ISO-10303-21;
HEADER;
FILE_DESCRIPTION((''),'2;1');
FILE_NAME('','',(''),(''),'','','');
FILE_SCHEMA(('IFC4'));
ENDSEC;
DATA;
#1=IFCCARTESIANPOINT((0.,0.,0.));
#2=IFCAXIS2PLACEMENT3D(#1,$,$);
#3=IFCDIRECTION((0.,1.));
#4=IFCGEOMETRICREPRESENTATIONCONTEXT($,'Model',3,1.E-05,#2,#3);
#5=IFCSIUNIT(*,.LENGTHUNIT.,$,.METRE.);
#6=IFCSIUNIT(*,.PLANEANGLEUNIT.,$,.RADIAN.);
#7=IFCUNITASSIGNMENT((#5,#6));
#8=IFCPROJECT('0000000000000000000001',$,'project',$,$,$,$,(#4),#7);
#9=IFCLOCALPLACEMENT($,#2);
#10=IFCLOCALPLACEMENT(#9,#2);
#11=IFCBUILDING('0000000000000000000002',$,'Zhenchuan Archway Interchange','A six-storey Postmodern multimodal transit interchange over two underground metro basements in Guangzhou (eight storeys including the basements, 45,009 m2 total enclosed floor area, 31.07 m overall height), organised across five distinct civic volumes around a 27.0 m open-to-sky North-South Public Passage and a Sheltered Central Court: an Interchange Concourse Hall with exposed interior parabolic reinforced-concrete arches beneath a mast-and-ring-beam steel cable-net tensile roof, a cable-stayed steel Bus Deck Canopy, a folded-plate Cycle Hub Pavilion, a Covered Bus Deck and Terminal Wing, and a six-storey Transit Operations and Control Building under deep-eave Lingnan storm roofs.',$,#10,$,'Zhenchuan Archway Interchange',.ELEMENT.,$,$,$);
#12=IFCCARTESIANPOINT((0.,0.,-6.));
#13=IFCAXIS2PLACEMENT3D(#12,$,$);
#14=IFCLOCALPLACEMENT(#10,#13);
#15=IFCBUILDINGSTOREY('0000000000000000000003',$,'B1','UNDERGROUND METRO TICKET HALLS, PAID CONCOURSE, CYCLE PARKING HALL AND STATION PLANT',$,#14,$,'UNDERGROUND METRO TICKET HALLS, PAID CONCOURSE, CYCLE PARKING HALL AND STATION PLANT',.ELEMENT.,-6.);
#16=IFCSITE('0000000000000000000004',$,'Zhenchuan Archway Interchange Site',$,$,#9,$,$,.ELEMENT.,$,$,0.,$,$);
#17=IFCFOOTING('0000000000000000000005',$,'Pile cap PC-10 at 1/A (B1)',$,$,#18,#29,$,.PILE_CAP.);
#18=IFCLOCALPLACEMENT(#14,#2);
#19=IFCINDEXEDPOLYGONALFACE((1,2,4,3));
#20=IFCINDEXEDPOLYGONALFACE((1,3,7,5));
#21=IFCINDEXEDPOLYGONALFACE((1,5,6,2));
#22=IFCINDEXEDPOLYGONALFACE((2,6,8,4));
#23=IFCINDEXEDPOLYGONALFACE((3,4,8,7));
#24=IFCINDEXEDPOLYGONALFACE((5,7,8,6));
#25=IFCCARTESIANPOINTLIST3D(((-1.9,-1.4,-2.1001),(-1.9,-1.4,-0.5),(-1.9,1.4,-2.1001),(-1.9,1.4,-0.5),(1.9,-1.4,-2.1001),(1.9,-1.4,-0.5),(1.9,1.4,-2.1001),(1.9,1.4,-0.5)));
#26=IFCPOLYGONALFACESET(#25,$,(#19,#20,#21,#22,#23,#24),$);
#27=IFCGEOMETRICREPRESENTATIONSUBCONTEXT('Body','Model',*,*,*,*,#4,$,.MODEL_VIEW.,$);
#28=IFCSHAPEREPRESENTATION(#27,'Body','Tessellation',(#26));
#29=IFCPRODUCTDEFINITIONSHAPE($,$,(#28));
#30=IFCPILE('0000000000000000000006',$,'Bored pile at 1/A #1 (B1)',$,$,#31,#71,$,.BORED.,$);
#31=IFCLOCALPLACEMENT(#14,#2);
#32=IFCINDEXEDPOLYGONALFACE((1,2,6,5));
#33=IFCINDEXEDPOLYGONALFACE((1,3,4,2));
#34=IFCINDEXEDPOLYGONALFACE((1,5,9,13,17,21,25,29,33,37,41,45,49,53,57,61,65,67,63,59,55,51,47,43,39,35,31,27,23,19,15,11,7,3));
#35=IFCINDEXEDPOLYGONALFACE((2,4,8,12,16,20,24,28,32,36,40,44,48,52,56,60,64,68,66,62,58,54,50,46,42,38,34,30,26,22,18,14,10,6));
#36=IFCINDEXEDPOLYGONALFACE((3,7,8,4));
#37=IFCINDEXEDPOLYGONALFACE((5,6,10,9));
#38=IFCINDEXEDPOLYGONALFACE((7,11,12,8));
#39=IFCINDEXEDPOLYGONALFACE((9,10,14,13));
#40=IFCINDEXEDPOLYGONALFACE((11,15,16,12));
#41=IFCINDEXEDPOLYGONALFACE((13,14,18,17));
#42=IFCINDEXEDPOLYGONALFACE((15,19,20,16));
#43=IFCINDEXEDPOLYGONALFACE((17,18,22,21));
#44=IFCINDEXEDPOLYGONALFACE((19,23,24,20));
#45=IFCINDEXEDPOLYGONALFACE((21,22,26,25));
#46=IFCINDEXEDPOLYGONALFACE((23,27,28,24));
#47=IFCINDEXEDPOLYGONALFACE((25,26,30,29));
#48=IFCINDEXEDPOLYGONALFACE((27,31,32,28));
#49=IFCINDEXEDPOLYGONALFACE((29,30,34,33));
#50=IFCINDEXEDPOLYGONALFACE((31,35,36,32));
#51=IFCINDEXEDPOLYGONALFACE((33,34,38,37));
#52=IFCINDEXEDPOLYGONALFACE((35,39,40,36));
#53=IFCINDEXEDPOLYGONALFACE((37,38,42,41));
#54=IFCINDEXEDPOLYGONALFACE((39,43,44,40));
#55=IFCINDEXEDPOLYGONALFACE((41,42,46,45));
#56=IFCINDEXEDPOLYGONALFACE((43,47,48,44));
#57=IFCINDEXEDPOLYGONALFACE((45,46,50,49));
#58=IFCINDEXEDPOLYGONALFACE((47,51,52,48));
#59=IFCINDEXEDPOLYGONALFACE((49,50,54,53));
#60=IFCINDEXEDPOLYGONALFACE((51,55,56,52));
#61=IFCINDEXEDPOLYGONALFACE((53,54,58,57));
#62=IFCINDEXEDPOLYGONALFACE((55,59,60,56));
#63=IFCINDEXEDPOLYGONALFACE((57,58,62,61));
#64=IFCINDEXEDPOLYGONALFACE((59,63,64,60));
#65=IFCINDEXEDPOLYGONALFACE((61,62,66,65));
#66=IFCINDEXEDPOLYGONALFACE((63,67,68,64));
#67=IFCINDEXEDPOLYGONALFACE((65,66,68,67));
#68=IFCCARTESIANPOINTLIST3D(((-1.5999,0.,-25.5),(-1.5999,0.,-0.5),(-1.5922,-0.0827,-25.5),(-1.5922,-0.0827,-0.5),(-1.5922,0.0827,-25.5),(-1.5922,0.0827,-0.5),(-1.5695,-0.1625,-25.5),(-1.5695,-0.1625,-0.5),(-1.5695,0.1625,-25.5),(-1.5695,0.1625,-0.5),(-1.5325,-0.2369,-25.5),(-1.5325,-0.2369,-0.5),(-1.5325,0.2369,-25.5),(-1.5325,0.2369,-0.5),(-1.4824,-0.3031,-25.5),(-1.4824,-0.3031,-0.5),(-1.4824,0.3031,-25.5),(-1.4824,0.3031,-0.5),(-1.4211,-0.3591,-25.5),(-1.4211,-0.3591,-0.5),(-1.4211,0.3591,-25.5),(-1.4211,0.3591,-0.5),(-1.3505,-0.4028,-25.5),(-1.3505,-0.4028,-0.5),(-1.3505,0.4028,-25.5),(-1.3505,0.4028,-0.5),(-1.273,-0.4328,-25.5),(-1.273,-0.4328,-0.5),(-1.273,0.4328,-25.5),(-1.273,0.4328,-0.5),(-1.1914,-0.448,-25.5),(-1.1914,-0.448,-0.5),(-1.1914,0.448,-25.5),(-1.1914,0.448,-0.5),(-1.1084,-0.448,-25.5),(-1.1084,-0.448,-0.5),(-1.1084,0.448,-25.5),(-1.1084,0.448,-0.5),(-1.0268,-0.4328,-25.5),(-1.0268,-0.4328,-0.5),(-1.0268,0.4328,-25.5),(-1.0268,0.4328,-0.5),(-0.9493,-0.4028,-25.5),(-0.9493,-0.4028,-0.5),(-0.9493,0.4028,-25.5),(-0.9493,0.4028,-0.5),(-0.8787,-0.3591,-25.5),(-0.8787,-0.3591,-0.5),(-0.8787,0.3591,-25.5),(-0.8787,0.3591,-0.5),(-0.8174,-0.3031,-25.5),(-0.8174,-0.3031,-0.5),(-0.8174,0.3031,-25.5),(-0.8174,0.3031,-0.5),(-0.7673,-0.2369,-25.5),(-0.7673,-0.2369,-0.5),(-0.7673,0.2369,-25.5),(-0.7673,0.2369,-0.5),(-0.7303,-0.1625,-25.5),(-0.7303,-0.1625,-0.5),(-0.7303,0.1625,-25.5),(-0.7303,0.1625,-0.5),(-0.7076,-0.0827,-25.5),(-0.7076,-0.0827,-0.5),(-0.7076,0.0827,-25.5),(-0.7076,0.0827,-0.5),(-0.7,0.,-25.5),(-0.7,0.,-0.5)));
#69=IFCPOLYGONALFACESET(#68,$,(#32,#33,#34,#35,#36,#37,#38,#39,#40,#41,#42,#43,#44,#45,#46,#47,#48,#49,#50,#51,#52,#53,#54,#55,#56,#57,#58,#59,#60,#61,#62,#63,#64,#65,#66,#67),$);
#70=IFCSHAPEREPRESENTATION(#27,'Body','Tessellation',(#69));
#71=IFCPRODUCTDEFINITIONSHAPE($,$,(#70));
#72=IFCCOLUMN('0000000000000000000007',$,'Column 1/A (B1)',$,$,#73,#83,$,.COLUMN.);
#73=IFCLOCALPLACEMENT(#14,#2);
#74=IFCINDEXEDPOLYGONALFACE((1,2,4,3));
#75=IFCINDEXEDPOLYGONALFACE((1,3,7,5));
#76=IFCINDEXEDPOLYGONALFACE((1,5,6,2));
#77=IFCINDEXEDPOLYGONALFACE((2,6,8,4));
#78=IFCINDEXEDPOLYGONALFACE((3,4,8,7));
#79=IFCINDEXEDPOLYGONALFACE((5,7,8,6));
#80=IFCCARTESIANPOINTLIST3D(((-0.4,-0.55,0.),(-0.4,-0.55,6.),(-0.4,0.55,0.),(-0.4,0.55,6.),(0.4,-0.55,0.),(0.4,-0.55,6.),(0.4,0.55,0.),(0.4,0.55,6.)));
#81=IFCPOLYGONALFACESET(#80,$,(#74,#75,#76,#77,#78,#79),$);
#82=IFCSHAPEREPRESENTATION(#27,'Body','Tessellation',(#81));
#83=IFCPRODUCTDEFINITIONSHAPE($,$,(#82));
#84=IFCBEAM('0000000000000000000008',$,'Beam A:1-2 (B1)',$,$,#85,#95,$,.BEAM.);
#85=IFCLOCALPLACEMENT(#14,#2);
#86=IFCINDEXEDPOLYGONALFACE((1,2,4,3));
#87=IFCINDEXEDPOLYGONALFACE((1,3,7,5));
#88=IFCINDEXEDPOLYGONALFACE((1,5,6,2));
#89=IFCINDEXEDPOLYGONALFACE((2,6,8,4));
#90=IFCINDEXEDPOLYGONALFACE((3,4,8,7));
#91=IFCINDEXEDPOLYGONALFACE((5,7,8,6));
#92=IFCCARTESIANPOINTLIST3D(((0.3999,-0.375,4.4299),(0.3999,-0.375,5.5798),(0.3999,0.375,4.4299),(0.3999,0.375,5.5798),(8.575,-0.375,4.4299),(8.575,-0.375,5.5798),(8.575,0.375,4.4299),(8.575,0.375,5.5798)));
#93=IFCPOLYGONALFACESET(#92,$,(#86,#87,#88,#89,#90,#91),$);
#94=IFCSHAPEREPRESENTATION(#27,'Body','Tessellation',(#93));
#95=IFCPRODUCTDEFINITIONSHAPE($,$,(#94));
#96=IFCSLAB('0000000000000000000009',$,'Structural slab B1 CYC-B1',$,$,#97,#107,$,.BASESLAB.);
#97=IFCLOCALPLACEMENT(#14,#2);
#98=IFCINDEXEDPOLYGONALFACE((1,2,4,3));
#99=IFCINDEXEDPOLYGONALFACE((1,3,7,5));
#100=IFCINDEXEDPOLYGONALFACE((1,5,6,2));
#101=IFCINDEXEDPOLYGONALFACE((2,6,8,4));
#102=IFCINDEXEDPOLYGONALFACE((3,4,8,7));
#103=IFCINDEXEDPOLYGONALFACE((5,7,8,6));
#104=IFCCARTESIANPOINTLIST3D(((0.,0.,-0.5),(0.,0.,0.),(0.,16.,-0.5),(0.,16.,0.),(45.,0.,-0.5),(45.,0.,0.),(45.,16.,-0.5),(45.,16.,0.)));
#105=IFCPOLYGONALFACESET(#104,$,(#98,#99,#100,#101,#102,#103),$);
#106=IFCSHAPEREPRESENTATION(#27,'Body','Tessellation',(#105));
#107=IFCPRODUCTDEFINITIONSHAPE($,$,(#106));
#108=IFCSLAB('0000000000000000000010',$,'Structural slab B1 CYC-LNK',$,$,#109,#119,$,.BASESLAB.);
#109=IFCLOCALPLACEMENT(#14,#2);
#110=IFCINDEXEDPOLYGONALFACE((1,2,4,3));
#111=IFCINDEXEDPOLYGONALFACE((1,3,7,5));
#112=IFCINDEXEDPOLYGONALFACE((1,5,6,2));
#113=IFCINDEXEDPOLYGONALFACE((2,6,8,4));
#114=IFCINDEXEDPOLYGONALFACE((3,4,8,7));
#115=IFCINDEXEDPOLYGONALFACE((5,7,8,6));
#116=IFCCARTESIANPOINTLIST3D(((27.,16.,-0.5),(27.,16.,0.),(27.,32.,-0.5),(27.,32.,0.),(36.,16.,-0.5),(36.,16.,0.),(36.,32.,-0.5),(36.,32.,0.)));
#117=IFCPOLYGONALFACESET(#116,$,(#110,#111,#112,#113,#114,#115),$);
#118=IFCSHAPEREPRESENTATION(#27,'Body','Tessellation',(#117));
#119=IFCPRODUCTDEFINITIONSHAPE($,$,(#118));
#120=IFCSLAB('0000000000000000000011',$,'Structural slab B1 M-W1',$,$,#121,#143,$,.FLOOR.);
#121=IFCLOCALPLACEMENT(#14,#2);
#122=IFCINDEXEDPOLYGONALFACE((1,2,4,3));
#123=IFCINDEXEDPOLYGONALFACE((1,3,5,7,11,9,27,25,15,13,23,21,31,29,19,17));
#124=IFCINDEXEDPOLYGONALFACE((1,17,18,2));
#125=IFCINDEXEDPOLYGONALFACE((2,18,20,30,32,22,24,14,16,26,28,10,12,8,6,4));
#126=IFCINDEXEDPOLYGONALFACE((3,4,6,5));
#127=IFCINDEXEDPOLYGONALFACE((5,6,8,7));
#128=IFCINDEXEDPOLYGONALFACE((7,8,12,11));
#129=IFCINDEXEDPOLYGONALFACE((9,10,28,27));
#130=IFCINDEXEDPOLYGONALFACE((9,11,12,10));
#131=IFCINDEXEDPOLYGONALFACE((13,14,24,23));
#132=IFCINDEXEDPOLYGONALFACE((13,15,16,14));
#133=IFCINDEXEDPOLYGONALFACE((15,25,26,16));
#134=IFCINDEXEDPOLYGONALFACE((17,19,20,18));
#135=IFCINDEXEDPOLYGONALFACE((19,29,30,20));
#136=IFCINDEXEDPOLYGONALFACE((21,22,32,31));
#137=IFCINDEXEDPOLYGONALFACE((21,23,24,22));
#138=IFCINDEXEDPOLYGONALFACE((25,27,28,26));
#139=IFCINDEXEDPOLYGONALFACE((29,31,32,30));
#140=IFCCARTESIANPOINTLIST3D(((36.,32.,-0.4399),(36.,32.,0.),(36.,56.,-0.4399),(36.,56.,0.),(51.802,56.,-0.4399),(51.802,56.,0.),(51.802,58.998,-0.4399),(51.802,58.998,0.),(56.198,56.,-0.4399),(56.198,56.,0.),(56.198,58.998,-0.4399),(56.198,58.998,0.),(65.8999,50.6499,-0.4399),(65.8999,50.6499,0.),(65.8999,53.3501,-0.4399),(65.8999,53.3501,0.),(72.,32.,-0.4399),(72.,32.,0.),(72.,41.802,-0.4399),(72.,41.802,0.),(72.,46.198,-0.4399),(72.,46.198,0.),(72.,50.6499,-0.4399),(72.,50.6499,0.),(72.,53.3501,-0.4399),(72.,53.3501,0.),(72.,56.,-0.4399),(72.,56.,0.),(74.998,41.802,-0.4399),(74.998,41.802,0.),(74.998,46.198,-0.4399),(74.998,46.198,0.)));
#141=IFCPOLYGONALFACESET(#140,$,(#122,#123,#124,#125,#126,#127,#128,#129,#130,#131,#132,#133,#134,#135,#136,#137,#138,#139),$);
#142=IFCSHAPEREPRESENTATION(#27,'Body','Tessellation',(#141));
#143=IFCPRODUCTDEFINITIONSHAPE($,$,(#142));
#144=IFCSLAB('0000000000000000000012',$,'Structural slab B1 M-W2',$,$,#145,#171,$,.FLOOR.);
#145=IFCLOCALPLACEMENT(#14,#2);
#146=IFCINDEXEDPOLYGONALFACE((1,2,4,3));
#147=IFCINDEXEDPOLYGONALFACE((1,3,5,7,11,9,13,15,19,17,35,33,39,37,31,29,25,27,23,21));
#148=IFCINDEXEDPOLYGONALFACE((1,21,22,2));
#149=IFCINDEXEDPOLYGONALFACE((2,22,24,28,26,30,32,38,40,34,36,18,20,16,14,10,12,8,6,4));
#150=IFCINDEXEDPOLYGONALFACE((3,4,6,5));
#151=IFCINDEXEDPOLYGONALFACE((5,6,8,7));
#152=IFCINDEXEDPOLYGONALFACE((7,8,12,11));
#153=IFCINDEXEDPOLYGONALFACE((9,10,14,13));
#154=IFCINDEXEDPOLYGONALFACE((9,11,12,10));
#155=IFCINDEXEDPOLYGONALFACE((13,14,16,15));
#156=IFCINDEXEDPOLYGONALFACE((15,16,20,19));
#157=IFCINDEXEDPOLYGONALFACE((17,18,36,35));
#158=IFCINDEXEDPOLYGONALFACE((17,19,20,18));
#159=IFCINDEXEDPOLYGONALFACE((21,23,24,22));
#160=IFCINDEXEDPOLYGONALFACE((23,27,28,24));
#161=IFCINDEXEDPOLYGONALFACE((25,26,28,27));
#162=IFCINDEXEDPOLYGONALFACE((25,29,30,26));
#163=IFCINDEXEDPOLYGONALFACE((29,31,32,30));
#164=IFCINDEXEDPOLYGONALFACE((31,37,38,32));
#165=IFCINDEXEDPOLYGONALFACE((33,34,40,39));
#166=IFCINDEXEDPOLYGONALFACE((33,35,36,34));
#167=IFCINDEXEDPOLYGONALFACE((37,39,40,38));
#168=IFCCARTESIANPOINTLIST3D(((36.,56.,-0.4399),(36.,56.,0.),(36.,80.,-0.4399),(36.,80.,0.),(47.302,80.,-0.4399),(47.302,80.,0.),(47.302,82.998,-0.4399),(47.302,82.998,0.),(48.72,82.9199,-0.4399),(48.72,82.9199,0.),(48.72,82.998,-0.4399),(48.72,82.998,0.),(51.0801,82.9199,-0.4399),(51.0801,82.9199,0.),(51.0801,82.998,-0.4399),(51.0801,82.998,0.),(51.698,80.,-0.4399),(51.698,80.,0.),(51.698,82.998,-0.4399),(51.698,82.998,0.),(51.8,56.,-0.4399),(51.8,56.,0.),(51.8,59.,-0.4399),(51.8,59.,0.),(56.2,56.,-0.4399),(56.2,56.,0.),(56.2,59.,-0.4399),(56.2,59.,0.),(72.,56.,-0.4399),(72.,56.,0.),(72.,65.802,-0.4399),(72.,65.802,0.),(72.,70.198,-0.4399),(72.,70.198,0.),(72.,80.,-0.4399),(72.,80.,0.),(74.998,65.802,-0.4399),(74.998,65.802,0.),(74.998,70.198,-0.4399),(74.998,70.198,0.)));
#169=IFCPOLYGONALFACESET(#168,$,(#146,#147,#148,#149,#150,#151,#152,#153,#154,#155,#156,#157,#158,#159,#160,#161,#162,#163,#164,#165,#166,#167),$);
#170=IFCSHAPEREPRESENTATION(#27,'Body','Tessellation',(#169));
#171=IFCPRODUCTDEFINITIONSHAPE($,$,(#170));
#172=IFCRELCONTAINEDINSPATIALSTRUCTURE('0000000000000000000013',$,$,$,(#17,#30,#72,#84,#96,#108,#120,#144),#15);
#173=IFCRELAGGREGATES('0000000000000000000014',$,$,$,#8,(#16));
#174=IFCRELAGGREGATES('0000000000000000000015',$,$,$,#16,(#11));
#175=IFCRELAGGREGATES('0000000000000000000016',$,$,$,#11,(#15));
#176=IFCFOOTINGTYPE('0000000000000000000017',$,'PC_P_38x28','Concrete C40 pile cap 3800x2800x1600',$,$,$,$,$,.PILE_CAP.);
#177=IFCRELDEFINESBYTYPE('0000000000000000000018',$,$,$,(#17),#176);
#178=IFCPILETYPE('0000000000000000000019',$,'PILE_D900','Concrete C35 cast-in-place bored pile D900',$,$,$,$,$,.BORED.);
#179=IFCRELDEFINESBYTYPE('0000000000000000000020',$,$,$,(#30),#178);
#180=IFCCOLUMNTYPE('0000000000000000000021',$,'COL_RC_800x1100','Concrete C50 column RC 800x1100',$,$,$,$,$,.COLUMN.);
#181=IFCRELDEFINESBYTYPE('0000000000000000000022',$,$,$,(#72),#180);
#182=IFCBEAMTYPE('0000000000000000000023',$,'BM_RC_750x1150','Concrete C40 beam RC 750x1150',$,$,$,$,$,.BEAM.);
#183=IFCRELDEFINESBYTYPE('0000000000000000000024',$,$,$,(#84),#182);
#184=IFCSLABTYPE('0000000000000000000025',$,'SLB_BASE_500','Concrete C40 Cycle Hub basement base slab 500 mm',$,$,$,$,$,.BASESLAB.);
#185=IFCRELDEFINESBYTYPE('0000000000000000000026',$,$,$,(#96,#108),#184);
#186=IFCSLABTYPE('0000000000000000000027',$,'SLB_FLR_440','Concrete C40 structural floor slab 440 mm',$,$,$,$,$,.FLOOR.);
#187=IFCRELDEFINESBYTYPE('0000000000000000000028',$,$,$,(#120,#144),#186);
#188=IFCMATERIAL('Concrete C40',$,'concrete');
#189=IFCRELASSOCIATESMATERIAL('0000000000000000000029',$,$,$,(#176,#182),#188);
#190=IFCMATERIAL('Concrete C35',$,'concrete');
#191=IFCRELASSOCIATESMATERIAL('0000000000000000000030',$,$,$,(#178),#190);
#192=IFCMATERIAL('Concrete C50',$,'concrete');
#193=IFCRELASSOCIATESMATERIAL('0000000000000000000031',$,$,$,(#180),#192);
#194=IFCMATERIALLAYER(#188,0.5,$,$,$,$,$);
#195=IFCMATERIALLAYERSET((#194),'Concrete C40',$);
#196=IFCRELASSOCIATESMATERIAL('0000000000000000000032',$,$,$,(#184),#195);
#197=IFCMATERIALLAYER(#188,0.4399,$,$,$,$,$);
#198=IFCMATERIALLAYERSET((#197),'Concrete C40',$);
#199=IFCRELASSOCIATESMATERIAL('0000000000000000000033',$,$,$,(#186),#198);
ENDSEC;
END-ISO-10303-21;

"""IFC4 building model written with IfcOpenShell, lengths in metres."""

from ifc_helpers import new_model, si_unit, direction, frame, origin, origin_with_axes, origin_2d, place, context, subcontext, project, spatial, polyline, rectangle, circle, outline, extrude, material, layer, layer_set, material_profile, profile_set, type_object, element, save


model = new_model("IFC4")

# Units and contexts
model_context = context("Model", 3, precision=1e-05, world=origin(), true_north=direction((0.0, 1.0)))
body_context = subcontext(model_context, "Body", "Model", "MODEL_VIEW")
ifc_project = project(units=[si_unit("LENGTHUNIT", "METRE"), si_unit("PLANEANGLEUNIT", "RADIAN")], contexts=[model_context])

# Site, building, storey
site_placement = place(None, origin())
site = spatial("IfcSite", under=ifc_project, at=site_placement, Name="Zhenchuan Archway Interchange Site", CompositionType="ELEMENT", RefElevation=0.0)
building_placement = place(site_placement, origin())
building = spatial("IfcBuilding", under=site, at=building_placement, Name="Zhenchuan Archway Interchange", Description="A six-storey Postmodern multimodal transit interchange over two underground metro basements in Guangzhou (eight storeys including the basements, 45,009 m2 total enclosed floor area, 31.07 m overall height), organised across five distinct civic volumes around a 27.0 m open-to-sky North-South Public Passage and a Sheltered Central Court: an Interchange Concourse Hall with exposed interior parabolic reinforced-concrete arches beneath a mast-and-ring-beam steel cable-net tensile roof, a cable-stayed steel Bus Deck Canopy, a folded-plate Cycle Hub Pavilion, a Covered Bus Deck and Terminal Wing, and a six-storey Transit Operations and Control Building under deep-eave Lingnan storm roofs.", LongName="Zhenchuan Archway Interchange", CompositionType="ELEMENT")
storey_placement = place(building_placement, frame((0.0, 0.0, -6.0)))
storey = spatial("IfcBuildingStorey", under=building, at=storey_placement, Name="B1", Description="UNDERGROUND METRO TICKET HALLS, PAID CONCOURSE, CYCLE PARKING HALL AND STATION PLANT", LongName="UNDERGROUND METRO TICKET HALLS, PAID CONCOURSE, CYCLE PARKING HALL AND STATION PLANT", CompositionType="ELEMENT", Elevation=-6.0)

# Footing
ifc_material_1 = material(Name="Concrete C40", Category="concrete")
footing_type = type_object("IfcFootingType", Name="PC_P_38x28", Description="Concrete C40 pile cap 3800x2800x1600", PredefinedType="PILE_CAP", material=ifc_material_1)
footing_placement = place(storey_placement, frame((0.0, 0.0, -2.1001), z_axis=(0.0, 0.0, 1.0), x_axis=(1.0, 0.0, 0.0)))
element("IfcFooting", 1, at=footing_placement, inside=storey, type_object=footing_type, Name="Pile cap PC-10 at 1/A (B1)", PredefinedType="PILE_CAP", context=body_context, shape_type="SweptSolid", body=[
    extrude(rectangle(XDim=3.8, YDim=2.8, at=origin_2d()), origin(), (0.0, 0.0, 1.0), 1.6001),
])

# Pile
ifc_material_2 = material(Name="Concrete C35", Category="concrete")
ifc_material_profile_1 = material_profile(ifc_material_2, circle(Radius=0.45, at=origin_2d()), Name="BORED PILE 900")
ifc_profile_set_1 = profile_set([ifc_material_profile_1], Name="Concrete C35")
pile_type = type_object("IfcPileType", Name="PILE_D900", Description="Concrete C35 cast-in-place bored pile D900", PredefinedType="BORED", material=ifc_profile_set_1)
pile_placement = place(storey_placement, frame((-1.1499, 0.0, -0.5), z_axis=(0.0, 0.0, -1.0), x_axis=(1.0, 0.0, 0.0)))
element("IfcPile", 2, at=pile_placement, inside=storey, type_object=pile_type, Name="Bored pile at 1/A #1 (B1)", PredefinedType="BORED", context=body_context, shape_type="SweptSolid", body=[
    extrude(circle(Radius=0.45, at=origin_2d()), origin(), (0.0, 0.0, 1.0), 25.0),
])

# Column
ifc_material_3 = material(Name="Concrete C50", Category="concrete")
ifc_material_profile_2 = material_profile(ifc_material_3, rectangle(XDim=0.8, YDim=1.1001, at=origin_2d()), Name="RC 800x1100")
ifc_profile_set_2 = profile_set([ifc_material_profile_2], Name="Concrete C50")
column_type = type_object("IfcColumnType", Name="COL_RC_800x1100", Description="Concrete C50 column RC 800x1100", PredefinedType="COLUMN", material=ifc_profile_set_2)
column_placement = place(storey_placement, origin_with_axes())
element("IfcColumn", 3, at=column_placement, inside=storey, type_object=column_type, Name="Column 1/A (B1)", PredefinedType="COLUMN", context=body_context, shape_type="SweptSolid", body=[
    extrude(rectangle(XDim=0.8, YDim=1.1001, at=origin_2d()), origin(), (0.0, 0.0, 1.0), 6.0),
])

# Beam
ifc_material_profile_3 = material_profile(ifc_material_1, rectangle(XDim=0.75, YDim=1.1499, at=origin_2d()), Name="RC 750x1150")
ifc_profile_set_3 = profile_set([ifc_material_profile_3], Name="Concrete C40")
beam_type = type_object("IfcBeamType", Name="BM_RC_750x1150", Description="Concrete C40 beam RC 750x1150", PredefinedType="BEAM", material=ifc_profile_set_3)
beam_placement = place(storey_placement, frame((0.3999, 0.0, 5.0049), z_axis=(1.0, 0.0, 0.0), x_axis=(0.0, 1.0, 0.0)))
element("IfcBeam", 4, at=beam_placement, inside=storey, type_object=beam_type, Name="Beam A:1-2 (B1)", PredefinedType="BEAM", context=body_context, shape_type="SweptSolid", body=[
    extrude(rectangle(XDim=0.75, YDim=1.1499, at=origin_2d()), origin(), (0.0, 0.0, 1.0), 8.175),
])

# Slabs
ifc_layer_1 = layer(ifc_material_1, 0.5)
ifc_layer_set_1 = layer_set([ifc_layer_1], Name="Concrete C40")
slab_type_1 = type_object("IfcSlabType", Name="SLB_BASE_500", Description="Concrete C40 Cycle Hub basement base slab 500 mm", PredefinedType="BASESLAB", material=ifc_layer_set_1)
slab_1_placement = place(storey_placement, frame((0.0, 0.0, -0.5)))
element("IfcSlab", 5, at=slab_1_placement, inside=storey, type_object=slab_type_1, Name="Structural slab B1 CYC-B1", PredefinedType="BASESLAB", context=body_context, shape_type="SweptSolid", body=[
    extrude(outline(polyline([(45.0, 0.0), (45.0, 16.0), (0.0, 16.0), (0.0, 0.0), (45.0, 0.0)])), origin(), (0.0, 0.0, 1.0), 0.5),
])
slab_2_placement = place(storey_placement, frame((0.0, 0.0, -0.5)))
element("IfcSlab", 6, at=slab_2_placement, inside=storey, type_object=slab_type_1, Name="Structural slab B1 CYC-LNK", PredefinedType="BASESLAB", context=body_context, shape_type="SweptSolid", body=[
    extrude(outline(polyline([(36.0, 16.0), (36.0, 32.0), (27.0, 32.0), (27.0, 16.0), (36.0, 16.0)])), origin(), (0.0, 0.0, 1.0), 0.5),
])
ifc_layer_2 = layer(ifc_material_1, 0.4399)
ifc_layer_set_2 = layer_set([ifc_layer_2], Name="Concrete C40")
slab_type_2 = type_object("IfcSlabType", Name="SLB_FLR_440", Description="Concrete C40 structural floor slab 440 mm", PredefinedType="FLOOR", material=ifc_layer_set_2)
slab_3_placement = place(storey_placement, frame((0.0, 0.0, -0.4399)))
element("IfcSlab", 7, at=slab_3_placement, inside=storey, type_object=slab_type_2, Name="Structural slab B1 M-W1", PredefinedType="FLOOR", context=body_context, shape_type="SweptSolid", body=[
    extrude(outline(polyline([(74.998, 46.198), (74.998, 41.802), (72.0, 41.802), (72.0, 32.0), (36.0, 32.0), (36.0, 56.0), (51.802, 56.0), (51.802, 58.998), (56.198, 58.998), (56.198, 56.0), (72.0, 56.0), (72.0, 53.3501), (65.8999, 53.3501), (65.8999, 50.6499), (72.0, 50.6499), (72.0, 46.198), (74.998, 46.198)])), origin(), (0.0, 0.0, 1.0), 0.4399),
])
slab_4_placement = place(storey_placement, frame((0.0, 0.0, -0.4399)))
element("IfcSlab", 8, at=slab_4_placement, inside=storey, type_object=slab_type_2, Name="Structural slab B1 M-W2", PredefinedType="FLOOR", context=body_context, shape_type="SweptSolid", body=[
    extrude(outline(polyline([(47.302, 82.998), (48.72, 82.998), (48.72, 82.9199), (51.0801, 82.9199), (51.0801, 82.998), (51.698, 82.998), (51.698, 80.0), (72.0, 80.0), (72.0, 70.198), (74.998, 70.198), (74.998, 65.802), (72.0, 65.802), (72.0, 56.0), (56.2, 56.0), (56.2, 59.0), (51.8, 59.0), (51.8, 56.0), (36.0, 56.0), (36.0, 80.0), (47.302, 80.0), (47.302, 82.998)])), origin(), (0.0, 0.0, 1.0), 0.4399),
])

save(model, "model.ifc")
